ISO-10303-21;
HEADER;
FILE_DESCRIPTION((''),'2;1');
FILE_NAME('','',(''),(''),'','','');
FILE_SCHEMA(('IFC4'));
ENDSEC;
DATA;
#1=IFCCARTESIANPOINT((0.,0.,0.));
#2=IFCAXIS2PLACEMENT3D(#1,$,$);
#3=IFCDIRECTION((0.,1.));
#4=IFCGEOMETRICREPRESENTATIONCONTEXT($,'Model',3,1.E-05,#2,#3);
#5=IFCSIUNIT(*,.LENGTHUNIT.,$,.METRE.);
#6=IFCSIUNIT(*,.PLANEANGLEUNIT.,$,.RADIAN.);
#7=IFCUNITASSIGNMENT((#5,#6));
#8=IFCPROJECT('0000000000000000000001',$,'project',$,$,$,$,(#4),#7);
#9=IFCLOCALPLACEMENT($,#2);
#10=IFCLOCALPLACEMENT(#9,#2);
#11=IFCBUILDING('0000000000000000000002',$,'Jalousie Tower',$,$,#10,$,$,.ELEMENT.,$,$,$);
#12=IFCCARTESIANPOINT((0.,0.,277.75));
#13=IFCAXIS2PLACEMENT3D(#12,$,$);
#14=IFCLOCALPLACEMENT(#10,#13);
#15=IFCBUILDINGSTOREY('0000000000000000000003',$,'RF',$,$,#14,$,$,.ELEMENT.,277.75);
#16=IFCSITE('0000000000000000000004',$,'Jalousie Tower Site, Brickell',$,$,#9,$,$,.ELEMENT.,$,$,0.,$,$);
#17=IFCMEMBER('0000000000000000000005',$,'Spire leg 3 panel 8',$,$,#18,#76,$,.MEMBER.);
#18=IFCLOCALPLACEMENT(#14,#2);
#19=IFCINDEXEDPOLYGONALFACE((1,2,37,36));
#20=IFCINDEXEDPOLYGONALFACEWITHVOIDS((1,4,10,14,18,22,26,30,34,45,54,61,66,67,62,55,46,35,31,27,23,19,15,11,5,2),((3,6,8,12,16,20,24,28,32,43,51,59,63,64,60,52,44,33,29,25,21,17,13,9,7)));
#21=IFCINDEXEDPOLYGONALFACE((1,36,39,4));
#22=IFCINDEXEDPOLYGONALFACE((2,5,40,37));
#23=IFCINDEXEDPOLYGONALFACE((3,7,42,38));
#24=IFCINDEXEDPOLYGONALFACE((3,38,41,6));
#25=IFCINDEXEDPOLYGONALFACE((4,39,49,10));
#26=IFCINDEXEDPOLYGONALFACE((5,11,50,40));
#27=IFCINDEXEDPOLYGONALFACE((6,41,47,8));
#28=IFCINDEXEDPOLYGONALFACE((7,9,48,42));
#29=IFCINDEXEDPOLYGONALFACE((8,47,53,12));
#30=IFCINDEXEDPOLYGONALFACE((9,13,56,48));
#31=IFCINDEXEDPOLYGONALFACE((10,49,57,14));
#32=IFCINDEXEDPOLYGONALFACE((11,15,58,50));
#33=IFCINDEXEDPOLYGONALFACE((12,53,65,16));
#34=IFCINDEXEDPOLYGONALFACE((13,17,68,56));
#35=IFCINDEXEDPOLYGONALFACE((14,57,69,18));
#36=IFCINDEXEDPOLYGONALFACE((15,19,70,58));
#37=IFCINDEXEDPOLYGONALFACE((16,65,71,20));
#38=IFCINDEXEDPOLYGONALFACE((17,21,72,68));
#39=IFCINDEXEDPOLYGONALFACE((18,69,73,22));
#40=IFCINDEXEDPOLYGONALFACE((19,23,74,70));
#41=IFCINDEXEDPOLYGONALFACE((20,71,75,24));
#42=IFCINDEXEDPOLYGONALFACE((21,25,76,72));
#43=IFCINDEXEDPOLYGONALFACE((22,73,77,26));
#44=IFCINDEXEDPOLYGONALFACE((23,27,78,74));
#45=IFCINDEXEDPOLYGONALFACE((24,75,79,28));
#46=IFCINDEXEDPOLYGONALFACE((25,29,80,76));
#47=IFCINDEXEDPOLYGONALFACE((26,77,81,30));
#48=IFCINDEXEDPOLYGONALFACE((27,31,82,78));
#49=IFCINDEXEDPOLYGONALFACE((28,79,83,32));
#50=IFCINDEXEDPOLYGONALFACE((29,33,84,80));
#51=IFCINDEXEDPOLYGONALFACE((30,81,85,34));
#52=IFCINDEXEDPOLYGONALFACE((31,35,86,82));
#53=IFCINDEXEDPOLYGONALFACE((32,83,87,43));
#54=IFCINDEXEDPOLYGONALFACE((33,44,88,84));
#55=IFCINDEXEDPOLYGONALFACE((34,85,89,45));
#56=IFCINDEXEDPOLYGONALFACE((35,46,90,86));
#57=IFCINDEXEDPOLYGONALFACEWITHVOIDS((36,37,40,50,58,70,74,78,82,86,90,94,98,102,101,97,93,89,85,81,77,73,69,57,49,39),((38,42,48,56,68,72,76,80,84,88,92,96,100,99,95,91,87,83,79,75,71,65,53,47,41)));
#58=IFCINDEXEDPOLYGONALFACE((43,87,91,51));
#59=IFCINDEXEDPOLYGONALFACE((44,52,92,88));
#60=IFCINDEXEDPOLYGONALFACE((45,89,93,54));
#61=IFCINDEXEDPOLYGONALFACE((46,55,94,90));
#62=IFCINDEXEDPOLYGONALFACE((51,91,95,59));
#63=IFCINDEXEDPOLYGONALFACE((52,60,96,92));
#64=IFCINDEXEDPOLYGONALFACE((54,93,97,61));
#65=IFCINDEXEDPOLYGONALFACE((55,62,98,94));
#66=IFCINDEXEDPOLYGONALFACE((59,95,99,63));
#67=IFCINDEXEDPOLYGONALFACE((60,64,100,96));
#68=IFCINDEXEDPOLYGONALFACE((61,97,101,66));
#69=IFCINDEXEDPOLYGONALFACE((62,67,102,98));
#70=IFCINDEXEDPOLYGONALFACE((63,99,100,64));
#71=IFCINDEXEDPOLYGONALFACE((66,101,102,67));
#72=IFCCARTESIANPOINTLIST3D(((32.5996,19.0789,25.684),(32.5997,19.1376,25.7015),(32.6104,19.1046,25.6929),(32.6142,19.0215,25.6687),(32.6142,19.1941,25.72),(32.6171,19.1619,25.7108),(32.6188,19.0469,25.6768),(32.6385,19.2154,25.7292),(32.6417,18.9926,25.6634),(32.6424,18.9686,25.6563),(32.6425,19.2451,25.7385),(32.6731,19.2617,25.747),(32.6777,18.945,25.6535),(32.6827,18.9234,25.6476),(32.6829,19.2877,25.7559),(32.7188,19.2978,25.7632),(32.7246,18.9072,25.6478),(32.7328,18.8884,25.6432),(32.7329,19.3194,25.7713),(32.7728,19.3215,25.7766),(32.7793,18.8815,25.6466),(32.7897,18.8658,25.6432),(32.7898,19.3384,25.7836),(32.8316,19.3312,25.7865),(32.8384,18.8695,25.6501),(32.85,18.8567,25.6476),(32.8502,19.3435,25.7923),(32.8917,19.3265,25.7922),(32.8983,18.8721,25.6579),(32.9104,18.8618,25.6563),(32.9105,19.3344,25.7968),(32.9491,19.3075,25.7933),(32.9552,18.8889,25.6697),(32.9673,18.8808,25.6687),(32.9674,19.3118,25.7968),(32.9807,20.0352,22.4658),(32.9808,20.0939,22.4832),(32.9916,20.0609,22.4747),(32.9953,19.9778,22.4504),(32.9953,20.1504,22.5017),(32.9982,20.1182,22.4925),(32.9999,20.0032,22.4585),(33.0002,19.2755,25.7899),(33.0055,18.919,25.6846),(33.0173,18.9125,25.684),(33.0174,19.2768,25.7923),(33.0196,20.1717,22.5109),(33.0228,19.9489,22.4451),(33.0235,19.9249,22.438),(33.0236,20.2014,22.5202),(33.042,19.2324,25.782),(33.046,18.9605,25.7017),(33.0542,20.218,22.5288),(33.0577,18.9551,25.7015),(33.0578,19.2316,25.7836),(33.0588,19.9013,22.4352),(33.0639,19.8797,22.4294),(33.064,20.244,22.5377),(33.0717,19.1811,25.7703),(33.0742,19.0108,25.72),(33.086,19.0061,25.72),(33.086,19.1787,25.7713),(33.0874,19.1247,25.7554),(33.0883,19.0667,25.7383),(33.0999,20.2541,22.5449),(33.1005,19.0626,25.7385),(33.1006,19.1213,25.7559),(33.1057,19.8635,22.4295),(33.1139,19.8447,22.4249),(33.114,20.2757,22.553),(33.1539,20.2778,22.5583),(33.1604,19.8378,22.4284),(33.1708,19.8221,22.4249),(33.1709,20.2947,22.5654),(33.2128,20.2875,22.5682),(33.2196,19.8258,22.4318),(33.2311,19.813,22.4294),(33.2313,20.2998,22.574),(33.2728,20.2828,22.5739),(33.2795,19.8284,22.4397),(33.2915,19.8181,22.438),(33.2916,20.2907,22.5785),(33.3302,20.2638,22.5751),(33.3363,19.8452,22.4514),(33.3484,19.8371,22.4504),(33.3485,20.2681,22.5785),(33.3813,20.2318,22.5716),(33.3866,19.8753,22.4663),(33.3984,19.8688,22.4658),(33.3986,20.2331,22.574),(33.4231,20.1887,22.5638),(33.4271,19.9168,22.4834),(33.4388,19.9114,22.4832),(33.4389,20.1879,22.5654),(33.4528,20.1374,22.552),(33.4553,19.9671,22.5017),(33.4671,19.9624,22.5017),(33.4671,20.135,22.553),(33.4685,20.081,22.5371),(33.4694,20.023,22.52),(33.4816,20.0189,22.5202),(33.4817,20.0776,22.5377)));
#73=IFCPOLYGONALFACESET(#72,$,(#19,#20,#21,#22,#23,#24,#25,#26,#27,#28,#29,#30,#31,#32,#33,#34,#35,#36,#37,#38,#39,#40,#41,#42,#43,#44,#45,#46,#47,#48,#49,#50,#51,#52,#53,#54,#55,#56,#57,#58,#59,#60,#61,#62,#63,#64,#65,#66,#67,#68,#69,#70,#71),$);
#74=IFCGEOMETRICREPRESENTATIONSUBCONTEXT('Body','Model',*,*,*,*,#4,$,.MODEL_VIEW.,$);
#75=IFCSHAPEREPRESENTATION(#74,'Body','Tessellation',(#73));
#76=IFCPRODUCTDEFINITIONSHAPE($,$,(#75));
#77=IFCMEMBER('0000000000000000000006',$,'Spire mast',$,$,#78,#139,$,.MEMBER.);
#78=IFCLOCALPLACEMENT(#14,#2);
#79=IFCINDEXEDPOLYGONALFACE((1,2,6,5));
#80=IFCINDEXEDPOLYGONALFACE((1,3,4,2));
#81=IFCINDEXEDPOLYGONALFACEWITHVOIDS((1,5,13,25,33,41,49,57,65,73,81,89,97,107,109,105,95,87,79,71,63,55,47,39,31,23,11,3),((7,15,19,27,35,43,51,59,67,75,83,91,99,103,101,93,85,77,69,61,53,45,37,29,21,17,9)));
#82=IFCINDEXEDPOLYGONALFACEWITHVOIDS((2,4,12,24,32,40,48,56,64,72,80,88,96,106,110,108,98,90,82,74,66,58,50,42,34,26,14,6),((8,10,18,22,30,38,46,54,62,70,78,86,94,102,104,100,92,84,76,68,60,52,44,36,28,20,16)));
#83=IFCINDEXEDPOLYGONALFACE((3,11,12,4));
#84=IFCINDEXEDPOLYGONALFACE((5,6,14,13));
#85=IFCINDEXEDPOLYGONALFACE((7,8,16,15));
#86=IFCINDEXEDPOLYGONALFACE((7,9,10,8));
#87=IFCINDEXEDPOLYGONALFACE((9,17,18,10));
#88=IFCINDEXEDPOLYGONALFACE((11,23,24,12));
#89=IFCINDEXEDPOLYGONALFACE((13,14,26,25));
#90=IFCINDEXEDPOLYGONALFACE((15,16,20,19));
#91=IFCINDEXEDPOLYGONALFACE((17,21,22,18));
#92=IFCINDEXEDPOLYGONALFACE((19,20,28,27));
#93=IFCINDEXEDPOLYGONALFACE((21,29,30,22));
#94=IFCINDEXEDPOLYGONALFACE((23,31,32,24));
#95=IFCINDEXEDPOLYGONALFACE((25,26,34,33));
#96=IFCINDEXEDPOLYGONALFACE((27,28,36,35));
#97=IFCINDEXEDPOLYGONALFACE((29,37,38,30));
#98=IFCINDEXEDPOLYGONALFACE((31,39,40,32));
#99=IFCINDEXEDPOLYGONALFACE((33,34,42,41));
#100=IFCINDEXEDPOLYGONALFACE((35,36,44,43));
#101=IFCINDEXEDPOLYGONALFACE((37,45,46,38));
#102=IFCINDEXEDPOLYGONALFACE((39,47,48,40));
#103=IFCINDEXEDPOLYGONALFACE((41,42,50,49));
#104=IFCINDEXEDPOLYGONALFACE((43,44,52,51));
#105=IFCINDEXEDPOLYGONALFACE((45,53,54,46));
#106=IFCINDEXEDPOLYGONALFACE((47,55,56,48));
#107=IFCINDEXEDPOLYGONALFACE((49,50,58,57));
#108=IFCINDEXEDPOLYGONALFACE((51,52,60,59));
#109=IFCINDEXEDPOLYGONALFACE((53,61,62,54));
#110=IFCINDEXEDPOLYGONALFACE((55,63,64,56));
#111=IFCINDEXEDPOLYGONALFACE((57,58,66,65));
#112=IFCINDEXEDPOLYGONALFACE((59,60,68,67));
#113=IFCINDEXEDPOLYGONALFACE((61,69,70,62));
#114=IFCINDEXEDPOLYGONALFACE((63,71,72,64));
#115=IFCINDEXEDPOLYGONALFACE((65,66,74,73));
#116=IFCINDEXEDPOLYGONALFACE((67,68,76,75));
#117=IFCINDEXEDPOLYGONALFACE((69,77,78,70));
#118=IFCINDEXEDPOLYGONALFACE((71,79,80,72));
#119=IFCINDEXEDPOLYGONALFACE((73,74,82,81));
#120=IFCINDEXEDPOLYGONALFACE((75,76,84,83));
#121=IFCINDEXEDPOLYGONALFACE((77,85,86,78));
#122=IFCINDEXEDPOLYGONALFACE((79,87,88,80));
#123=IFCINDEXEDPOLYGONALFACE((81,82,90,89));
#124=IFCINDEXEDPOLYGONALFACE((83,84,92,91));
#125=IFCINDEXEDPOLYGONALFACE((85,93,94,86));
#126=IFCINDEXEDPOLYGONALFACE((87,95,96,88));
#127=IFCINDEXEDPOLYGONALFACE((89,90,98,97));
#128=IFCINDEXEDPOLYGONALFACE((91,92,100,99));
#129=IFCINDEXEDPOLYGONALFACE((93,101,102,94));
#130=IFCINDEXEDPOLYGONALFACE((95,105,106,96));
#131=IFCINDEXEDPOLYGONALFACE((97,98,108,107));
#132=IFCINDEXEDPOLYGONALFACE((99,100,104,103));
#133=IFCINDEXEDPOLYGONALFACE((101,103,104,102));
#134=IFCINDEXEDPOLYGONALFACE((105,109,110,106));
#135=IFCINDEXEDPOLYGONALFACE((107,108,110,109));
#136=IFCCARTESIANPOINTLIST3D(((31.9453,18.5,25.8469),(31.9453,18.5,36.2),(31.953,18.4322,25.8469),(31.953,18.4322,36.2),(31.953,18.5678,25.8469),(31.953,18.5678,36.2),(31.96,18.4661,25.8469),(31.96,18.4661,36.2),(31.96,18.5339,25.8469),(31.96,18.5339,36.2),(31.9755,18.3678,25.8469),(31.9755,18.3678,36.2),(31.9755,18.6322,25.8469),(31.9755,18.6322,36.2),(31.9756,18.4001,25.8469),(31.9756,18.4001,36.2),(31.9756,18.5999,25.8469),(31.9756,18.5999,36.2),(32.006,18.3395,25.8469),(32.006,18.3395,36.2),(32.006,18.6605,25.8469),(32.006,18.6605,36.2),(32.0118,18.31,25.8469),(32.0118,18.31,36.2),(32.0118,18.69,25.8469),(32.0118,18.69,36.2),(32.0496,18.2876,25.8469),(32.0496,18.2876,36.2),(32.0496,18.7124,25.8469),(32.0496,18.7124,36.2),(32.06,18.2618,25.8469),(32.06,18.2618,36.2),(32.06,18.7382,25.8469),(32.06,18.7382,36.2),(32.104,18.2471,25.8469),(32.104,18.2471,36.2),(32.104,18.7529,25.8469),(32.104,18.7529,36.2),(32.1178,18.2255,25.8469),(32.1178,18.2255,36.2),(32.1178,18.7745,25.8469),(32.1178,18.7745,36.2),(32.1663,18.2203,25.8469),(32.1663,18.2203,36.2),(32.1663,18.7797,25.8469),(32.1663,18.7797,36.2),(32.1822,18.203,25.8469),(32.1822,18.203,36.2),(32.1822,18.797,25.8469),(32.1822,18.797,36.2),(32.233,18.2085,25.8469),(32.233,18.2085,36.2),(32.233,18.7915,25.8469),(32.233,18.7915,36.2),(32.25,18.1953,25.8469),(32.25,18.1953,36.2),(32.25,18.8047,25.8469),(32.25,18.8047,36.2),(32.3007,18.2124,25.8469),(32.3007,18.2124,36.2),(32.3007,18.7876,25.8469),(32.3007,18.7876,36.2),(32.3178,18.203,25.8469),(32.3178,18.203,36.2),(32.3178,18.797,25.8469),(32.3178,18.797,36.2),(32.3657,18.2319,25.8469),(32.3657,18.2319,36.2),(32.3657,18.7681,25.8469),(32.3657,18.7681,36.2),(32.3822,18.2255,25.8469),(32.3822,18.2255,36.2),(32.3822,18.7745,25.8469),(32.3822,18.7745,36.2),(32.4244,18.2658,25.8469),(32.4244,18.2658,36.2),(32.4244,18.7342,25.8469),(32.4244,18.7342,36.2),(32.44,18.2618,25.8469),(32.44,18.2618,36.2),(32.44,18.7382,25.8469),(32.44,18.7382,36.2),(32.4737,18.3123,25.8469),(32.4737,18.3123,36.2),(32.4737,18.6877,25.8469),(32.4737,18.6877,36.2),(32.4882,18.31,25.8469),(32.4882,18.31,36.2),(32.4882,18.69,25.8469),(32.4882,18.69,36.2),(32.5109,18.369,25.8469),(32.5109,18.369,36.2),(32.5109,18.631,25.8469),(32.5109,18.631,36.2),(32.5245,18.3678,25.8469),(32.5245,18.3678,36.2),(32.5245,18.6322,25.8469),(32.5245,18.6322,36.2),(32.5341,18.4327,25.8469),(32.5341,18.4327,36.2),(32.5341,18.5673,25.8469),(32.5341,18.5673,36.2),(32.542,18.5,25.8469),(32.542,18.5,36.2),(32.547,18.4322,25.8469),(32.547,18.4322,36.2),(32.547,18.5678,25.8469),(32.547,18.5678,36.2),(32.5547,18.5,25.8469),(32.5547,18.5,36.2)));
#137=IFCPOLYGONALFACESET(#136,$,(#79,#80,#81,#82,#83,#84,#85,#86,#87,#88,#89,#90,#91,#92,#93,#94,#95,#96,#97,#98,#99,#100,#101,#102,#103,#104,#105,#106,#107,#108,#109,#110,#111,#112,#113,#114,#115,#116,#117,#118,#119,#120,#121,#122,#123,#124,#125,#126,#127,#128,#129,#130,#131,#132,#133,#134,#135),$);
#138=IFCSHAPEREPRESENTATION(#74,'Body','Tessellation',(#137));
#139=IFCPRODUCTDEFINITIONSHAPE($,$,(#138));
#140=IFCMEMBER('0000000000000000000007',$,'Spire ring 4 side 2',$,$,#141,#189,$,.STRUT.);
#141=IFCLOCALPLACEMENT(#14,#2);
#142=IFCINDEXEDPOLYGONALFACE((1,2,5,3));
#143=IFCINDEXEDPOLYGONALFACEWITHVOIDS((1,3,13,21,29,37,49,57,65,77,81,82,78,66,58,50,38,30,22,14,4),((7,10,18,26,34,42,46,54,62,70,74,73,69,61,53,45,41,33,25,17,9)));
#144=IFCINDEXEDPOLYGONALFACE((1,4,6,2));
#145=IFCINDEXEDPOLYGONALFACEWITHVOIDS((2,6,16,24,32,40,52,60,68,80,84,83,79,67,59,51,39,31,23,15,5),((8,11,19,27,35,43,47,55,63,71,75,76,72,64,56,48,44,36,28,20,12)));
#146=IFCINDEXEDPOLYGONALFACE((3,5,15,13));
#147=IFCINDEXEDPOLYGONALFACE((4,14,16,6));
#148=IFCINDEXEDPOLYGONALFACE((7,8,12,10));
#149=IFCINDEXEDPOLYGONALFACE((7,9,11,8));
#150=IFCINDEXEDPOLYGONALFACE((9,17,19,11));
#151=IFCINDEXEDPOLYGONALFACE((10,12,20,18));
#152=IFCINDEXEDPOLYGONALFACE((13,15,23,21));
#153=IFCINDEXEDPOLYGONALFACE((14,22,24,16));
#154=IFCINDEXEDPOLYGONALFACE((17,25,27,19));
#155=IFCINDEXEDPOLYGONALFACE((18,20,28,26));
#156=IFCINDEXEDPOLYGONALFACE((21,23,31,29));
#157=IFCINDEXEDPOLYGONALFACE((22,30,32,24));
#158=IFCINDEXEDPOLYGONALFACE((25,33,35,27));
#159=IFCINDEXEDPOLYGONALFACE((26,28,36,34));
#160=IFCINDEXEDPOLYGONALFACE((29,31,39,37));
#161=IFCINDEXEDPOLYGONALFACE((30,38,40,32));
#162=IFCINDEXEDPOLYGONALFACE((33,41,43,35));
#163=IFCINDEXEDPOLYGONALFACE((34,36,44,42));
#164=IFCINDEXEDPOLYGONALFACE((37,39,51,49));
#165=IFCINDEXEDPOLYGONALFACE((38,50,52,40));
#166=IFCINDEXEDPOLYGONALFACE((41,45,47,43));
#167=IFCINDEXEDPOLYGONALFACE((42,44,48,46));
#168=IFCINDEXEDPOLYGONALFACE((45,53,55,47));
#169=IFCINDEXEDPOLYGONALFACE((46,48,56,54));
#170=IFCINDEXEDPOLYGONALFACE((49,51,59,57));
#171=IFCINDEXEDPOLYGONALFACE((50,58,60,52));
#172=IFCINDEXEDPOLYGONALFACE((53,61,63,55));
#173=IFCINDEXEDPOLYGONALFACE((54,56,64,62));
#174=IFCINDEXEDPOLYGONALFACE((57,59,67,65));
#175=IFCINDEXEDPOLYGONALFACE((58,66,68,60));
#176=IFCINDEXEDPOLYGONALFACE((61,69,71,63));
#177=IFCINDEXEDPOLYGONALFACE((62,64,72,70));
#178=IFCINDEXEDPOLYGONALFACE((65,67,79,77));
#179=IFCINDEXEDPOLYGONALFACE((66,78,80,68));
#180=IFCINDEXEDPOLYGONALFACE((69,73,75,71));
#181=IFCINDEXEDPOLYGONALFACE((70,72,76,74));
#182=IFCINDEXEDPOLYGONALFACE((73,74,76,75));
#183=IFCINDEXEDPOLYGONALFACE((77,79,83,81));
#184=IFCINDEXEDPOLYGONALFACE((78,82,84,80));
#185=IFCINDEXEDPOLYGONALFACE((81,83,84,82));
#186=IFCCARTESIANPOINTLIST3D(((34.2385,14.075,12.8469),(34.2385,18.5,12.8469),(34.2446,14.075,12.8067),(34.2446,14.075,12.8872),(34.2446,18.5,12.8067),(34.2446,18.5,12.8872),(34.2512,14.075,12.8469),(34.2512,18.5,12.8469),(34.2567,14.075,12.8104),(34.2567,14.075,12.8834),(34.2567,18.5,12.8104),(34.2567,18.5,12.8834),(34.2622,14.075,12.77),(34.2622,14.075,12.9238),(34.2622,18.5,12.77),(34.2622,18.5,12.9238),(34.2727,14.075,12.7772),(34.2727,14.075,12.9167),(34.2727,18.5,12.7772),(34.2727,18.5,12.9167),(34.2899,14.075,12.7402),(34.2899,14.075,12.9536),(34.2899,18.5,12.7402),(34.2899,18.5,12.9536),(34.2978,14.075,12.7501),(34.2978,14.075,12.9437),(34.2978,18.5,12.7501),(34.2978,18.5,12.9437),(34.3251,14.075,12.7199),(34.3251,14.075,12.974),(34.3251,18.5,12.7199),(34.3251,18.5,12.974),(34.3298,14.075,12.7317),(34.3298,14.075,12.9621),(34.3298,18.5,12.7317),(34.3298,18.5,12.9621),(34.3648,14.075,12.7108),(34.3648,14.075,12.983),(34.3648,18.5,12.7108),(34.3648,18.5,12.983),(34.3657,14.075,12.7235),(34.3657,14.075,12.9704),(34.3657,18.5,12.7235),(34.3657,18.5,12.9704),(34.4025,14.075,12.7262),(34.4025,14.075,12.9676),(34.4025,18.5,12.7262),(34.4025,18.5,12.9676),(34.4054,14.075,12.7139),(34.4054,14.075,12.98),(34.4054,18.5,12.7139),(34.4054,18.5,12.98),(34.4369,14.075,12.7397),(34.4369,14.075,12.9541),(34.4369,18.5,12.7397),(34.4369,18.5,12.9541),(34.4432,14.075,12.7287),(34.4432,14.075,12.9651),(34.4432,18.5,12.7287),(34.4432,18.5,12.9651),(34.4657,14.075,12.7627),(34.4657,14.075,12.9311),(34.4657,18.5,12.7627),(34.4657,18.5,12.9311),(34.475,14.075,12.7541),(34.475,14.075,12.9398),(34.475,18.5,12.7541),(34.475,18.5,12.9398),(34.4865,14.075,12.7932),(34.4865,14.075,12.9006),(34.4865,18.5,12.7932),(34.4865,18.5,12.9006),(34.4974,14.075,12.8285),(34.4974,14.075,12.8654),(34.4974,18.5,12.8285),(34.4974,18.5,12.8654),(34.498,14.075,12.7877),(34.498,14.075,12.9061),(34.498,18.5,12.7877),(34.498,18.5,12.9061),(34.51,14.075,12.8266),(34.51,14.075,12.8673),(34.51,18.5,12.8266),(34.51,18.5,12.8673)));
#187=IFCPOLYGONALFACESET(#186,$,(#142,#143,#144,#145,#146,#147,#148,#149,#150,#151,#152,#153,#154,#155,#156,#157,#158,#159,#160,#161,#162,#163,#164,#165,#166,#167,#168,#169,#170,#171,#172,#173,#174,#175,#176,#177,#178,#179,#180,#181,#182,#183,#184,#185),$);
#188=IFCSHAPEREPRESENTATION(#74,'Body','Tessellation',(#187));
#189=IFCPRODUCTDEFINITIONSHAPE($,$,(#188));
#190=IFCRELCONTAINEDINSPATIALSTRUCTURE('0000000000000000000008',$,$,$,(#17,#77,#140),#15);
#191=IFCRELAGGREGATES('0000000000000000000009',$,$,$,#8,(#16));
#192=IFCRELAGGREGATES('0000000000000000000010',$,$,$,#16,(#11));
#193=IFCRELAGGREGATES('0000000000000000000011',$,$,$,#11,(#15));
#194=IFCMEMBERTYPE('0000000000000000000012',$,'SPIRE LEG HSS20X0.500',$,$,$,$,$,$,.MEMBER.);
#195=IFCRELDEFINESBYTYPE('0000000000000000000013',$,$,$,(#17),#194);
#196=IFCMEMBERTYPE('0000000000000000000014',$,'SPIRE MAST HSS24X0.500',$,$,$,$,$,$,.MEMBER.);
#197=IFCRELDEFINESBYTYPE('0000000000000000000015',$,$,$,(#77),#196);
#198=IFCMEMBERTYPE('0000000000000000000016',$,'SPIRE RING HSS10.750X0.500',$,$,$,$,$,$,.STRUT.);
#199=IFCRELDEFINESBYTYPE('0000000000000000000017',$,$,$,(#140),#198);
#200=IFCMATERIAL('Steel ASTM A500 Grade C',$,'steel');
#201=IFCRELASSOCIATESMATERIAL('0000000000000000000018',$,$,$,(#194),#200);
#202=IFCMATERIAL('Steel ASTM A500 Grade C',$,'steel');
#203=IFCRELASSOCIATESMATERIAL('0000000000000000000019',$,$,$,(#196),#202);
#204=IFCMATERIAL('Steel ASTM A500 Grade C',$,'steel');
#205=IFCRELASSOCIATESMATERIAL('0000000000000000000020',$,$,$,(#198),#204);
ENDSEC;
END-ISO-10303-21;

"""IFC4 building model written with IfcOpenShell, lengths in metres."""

from ifc_helpers import new_model, si_unit, direction, frame, origin, origin_2d, place, context, subcontext, project, spatial, hollow_circle, extrude, material, material_profile, profile_set, type_object, element, save


model = new_model("IFC4")

# Units and contexts
model_context = context("Model", 3, precision=1e-05, world=origin(), true_north=direction((0.0, 1.0)))
body_context = subcontext(model_context, "Body", "Model", "MODEL_VIEW")
ifc_project = project(units=[si_unit("LENGTHUNIT", "METRE"), si_unit("PLANEANGLEUNIT", "RADIAN")], contexts=[model_context])

# Site, building, storey
site_placement = place(None, origin())
site = spatial("IfcSite", under=ifc_project, at=site_placement, Name="Jalousie Tower Site, Brickell", CompositionType="ELEMENT", RefElevation=0.0)
building_placement = place(site_placement, origin())
building = spatial("IfcBuilding", under=site, at=building_placement, Name="Jalousie Tower", CompositionType="ELEMENT")
storey_placement = place(building_placement, frame((0.0, 0.0, 277.75)))
storey = spatial("IfcBuildingStorey", under=building, at=storey_placement, Name="RF", CompositionType="ELEMENT", Elevation=277.75)

# Members
ifc_material_1 = material(Name="Steel ASTM A500 Grade C", Category="steel")
ifc_material_profile_1 = material_profile(ifc_material_1, hollow_circle(Radius=0.2539, WallThickness=0.0127, at=origin_2d()), Name="HSS20X0.500")
ifc_profile_set_1 = profile_set([ifc_material_profile_1], Name="Steel ASTM A500 Grade C")
member_type_1 = type_object("IfcMemberType", Name="SPIRE LEG HSS20X0.500", PredefinedType="MEMBER", material=ifc_profile_set_1)
for number, where, z_axis, x_axis, name in (
    (1, (33.2312, 20.0564, 22.5017), (-0.112789, -0.283021, 0.952459), (0.92895, -0.370205, 0.0), "Spire leg 3 panel 8"),
):
    element("IfcMember", number, at=place(storey_placement, frame(where, z_axis=z_axis, x_axis=x_axis)), inside=storey, type_object=member_type_1, Name=name, PredefinedType="MEMBER", context=body_context, shape_type="SweptSolid", body=[
        extrude(hollow_circle(Radius=0.2539, WallThickness=0.0127, at=origin_2d()), origin(), (0.0, 0.0, 1.0), 3.3789),
    ])
ifc_material_2 = material(Name="Steel ASTM A500 Grade C", Category="steel")
ifc_material_profile_2 = material_profile(ifc_material_2, hollow_circle(Radius=0.3047, WallThickness=0.0127, at=origin_2d()), Name="HSS24X0.500")
ifc_profile_set_2 = profile_set([ifc_material_profile_2], Name="Steel ASTM A500 Grade C")
member_type_2 = type_object("IfcMemberType", Name="SPIRE MAST HSS24X0.500", PredefinedType="MEMBER", material=ifc_profile_set_2)
member_1_placement = place(storey_placement, frame((32.25, 18.5, 25.8469), z_axis=(0.0, 0.0, 1.0), x_axis=(1.0, 0.0, 0.0)))
element("IfcMember", 2, at=member_1_placement, inside=storey, type_object=member_type_2, Name="Spire mast", PredefinedType="MEMBER", context=body_context, shape_type="SweptSolid", body=[
    extrude(hollow_circle(Radius=0.3047, WallThickness=0.0127, at=origin_2d()), origin(), (0.0, 0.0, 1.0), 10.353),
])
ifc_material_3 = material(Name="Steel ASTM A500 Grade C", Category="steel")
ifc_material_profile_3 = material_profile(ifc_material_3, hollow_circle(Radius=0.1365, WallThickness=0.0127, at=origin_2d()), Name="HSS10.750X0.500")
ifc_profile_set_3 = profile_set([ifc_material_profile_3], Name="Steel ASTM A500 Grade C")
member_type_3 = type_object("IfcMemberType", Name="SPIRE RING HSS10.750X0.500", PredefinedType="STRUT", material=ifc_profile_set_3)
for number, where, z_axis, x_axis, name in (
    (3, (34.375, 14.075, 12.8469), (0.0, 1.0, 0.0), (-1.0, 0.0, 0.0), "Spire ring 4 side 2"),
):
    element("IfcMember", number, at=place(storey_placement, frame(where, z_axis=z_axis, x_axis=x_axis)), inside=storey, type_object=member_type_3, Name=name, PredefinedType="STRUT", context=body_context, shape_type="SweptSolid", body=[
        extrude(hollow_circle(Radius=0.1365, WallThickness=0.0127, at=origin_2d()), origin(), (0.0, 0.0, 1.0), 4.425),
    ])

save(model, "model.ifc")
